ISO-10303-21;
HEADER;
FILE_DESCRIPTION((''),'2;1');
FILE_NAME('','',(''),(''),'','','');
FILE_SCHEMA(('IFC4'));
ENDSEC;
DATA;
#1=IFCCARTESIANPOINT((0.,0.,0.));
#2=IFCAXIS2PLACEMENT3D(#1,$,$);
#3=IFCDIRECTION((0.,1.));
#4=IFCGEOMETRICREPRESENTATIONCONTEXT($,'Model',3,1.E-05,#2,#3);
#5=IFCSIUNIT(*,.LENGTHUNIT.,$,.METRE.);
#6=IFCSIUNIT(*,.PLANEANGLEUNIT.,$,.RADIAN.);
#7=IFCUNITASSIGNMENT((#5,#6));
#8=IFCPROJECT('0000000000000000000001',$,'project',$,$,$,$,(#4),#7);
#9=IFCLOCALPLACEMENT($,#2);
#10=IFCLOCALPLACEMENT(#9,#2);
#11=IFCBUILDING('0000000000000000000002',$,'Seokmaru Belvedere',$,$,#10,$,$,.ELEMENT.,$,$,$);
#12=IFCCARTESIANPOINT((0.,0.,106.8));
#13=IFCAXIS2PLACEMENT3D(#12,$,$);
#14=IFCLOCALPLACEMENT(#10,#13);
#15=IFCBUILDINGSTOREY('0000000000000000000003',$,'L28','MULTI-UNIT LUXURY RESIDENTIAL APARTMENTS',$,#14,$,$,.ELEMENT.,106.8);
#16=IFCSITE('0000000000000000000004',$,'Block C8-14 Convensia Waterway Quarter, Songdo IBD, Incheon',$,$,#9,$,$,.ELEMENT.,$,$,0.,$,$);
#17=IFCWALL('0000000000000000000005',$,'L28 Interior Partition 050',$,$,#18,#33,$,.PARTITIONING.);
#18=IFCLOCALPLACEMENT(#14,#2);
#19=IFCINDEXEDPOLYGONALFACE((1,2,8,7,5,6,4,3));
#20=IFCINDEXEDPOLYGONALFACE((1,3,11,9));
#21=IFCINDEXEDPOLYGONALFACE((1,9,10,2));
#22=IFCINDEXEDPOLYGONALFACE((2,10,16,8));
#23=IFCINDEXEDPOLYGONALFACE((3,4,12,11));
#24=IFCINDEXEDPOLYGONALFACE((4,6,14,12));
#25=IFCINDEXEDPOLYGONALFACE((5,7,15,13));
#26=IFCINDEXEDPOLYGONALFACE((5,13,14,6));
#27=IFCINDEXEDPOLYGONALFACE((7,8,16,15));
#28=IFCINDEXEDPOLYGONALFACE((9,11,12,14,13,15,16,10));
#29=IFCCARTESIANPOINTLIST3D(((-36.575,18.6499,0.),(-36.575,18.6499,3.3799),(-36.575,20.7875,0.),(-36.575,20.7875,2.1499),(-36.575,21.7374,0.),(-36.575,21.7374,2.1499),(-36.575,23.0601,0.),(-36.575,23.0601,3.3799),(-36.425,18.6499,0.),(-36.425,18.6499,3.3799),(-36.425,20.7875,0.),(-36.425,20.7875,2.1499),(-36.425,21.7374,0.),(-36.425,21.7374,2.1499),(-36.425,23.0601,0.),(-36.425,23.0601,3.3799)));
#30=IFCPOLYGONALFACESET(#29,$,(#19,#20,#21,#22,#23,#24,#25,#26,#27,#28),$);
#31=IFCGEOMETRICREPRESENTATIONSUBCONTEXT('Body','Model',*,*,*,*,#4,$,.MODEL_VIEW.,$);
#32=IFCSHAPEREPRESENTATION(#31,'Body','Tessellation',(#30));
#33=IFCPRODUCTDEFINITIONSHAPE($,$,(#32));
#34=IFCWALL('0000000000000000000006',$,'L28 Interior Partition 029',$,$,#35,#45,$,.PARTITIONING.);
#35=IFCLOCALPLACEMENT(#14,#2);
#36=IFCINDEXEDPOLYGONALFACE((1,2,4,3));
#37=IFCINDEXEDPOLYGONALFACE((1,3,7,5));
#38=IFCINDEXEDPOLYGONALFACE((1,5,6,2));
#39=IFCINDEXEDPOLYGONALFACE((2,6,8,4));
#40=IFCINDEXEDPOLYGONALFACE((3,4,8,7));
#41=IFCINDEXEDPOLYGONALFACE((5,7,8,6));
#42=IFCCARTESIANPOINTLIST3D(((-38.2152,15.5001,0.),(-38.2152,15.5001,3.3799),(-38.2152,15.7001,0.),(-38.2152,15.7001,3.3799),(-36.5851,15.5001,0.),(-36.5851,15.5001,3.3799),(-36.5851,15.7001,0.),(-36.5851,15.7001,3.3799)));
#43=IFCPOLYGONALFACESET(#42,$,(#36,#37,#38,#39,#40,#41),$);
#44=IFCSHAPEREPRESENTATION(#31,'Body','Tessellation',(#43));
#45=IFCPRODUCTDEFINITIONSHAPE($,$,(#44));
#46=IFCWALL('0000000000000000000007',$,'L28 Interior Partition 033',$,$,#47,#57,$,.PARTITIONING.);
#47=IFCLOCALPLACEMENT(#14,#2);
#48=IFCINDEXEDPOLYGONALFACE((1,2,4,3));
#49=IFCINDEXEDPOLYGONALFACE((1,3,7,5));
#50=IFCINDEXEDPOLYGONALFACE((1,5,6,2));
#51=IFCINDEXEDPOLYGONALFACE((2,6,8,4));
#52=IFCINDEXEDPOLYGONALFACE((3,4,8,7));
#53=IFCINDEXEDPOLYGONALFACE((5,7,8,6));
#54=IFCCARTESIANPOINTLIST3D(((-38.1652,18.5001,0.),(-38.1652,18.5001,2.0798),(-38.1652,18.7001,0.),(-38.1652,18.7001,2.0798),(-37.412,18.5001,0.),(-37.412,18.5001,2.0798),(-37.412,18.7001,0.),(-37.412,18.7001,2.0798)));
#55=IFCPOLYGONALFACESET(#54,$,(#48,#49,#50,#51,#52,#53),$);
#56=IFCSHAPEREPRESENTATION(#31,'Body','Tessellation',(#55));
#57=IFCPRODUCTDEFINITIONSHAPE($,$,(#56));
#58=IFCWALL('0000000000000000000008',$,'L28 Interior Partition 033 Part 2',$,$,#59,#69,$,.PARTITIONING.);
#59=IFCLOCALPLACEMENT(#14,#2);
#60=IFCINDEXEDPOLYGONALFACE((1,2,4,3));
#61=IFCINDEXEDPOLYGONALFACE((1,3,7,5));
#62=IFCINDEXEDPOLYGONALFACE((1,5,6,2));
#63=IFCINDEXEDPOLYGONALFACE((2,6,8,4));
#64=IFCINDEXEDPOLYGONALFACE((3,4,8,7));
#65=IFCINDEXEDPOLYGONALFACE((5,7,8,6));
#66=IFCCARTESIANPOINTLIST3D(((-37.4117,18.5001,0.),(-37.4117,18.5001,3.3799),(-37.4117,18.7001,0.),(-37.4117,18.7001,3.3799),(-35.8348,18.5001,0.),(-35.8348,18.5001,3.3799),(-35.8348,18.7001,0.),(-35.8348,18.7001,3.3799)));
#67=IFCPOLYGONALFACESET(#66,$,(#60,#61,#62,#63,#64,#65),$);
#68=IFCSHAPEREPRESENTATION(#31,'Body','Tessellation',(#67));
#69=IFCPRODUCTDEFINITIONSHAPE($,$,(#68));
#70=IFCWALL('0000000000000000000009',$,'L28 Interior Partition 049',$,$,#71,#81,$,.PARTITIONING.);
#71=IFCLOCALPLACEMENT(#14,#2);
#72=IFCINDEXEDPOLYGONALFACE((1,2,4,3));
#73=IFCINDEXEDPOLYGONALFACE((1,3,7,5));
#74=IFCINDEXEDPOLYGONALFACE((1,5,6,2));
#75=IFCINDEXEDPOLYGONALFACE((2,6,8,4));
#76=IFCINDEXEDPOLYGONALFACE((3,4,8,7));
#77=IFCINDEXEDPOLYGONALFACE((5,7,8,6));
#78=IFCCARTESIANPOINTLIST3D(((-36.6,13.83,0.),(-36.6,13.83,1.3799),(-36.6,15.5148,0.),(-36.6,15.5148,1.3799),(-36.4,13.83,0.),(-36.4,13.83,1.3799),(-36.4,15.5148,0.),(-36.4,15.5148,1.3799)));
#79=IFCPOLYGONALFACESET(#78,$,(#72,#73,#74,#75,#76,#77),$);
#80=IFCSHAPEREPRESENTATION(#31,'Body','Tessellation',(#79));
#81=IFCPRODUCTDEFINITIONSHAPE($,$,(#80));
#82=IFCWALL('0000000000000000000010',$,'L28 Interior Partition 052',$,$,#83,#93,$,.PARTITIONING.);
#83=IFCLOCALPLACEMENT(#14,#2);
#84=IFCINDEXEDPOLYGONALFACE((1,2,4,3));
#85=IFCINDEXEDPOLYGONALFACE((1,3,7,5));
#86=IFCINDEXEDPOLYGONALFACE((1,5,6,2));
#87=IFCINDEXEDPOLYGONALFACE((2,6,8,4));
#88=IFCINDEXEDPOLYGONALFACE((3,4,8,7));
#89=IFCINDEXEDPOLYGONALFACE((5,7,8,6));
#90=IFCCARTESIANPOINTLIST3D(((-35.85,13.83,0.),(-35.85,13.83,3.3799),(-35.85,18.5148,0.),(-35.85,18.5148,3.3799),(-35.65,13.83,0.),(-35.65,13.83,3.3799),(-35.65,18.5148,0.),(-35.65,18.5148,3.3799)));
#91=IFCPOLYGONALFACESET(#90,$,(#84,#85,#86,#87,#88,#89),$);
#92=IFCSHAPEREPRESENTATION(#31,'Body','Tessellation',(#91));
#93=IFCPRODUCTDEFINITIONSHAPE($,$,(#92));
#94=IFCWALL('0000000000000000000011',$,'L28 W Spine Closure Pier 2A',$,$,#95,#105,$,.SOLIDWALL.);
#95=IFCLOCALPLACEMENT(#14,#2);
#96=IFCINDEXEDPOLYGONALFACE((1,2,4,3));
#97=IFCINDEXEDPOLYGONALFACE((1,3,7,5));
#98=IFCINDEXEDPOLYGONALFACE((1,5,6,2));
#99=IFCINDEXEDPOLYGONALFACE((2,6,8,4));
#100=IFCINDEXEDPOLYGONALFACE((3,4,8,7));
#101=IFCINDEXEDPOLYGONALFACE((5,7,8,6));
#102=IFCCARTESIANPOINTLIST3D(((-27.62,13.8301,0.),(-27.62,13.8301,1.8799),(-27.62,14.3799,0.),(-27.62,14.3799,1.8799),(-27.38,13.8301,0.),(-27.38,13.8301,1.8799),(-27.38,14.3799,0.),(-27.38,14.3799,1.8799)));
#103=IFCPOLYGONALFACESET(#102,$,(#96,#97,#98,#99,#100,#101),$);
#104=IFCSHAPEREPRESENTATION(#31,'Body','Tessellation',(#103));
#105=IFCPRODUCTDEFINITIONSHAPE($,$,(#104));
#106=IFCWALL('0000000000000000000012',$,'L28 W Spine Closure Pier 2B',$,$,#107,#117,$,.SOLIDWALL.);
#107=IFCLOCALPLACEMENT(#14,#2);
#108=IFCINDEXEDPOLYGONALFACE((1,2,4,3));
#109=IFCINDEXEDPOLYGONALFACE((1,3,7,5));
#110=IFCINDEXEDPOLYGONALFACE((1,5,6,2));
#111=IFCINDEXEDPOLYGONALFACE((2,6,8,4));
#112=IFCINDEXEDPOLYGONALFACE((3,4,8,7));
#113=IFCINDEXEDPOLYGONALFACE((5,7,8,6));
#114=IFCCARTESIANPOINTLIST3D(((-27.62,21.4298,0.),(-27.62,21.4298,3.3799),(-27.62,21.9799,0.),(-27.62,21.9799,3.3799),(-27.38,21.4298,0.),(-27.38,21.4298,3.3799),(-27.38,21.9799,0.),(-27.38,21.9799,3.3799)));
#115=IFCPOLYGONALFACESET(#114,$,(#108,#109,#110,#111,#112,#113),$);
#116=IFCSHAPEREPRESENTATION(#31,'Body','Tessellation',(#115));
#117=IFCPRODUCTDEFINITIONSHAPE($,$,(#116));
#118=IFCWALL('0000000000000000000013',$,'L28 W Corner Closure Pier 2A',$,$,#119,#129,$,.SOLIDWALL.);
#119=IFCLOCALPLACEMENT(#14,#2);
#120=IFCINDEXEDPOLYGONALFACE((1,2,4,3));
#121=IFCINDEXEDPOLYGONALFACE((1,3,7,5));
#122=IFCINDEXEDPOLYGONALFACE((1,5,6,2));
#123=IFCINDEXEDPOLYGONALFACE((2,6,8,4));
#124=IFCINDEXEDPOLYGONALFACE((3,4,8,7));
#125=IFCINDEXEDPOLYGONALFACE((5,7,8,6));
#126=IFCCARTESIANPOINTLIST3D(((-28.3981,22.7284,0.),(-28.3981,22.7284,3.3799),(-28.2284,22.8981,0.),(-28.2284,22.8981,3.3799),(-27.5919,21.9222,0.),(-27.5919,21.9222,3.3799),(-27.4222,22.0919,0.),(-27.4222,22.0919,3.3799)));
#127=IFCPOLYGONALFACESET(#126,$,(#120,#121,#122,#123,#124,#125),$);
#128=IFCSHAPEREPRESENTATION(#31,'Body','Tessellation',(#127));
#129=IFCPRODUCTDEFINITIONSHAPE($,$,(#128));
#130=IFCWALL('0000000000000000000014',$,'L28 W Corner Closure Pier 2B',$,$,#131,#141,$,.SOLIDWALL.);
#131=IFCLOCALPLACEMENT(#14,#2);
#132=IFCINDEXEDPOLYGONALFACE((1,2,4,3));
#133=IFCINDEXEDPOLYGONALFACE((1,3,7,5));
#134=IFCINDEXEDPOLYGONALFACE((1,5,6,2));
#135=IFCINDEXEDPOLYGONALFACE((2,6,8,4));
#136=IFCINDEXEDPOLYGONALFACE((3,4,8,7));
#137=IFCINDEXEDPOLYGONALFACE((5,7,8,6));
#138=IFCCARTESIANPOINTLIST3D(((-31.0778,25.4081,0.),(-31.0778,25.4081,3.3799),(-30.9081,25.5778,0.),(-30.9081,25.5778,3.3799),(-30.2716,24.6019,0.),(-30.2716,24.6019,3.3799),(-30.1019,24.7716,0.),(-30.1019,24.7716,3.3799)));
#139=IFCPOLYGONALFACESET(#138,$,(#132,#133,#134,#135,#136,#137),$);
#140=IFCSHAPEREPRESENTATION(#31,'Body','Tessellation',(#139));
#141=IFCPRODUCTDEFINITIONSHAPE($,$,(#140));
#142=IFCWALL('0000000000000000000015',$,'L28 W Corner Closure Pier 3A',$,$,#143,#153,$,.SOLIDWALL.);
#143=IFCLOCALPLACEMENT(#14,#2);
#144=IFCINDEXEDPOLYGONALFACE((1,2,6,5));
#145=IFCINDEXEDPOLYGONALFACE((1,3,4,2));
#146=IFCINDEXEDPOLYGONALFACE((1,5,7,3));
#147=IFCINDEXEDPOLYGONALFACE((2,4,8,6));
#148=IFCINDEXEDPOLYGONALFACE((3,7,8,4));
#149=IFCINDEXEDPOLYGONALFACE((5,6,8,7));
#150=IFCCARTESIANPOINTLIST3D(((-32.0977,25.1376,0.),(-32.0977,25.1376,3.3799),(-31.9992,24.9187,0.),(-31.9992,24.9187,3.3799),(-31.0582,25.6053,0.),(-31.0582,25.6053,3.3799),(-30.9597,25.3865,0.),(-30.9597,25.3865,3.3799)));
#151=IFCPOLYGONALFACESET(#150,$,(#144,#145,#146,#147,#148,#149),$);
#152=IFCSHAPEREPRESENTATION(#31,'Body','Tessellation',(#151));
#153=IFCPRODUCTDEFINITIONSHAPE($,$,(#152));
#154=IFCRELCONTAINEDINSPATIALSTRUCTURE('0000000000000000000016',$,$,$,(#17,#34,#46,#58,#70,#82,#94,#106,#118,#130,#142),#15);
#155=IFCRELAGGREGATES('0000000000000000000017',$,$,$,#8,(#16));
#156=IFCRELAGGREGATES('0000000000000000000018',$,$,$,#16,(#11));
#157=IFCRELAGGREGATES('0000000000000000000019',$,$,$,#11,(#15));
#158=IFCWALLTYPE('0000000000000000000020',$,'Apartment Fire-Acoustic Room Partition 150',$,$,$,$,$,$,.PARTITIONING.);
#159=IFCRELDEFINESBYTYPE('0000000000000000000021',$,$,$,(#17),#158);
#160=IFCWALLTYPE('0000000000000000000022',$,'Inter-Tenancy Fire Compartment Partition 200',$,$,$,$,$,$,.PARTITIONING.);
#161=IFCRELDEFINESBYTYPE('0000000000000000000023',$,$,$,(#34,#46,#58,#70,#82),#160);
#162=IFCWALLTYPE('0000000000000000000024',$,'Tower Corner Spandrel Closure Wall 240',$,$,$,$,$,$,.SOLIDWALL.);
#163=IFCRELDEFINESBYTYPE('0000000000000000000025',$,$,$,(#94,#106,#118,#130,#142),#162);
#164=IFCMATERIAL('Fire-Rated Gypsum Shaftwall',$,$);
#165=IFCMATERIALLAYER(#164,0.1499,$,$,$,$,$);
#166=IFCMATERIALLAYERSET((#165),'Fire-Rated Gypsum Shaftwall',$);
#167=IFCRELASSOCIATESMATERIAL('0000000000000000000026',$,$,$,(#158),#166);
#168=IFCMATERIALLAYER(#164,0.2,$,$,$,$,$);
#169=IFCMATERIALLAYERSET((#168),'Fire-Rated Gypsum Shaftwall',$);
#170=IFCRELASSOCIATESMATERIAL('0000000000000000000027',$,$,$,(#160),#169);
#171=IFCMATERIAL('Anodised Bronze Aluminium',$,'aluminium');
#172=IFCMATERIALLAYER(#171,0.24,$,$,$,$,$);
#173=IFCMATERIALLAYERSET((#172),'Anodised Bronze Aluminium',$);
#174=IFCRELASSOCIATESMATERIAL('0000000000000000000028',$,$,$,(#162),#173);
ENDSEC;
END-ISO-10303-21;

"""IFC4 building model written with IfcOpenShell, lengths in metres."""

from ifc_helpers import new_model, si_unit, direction, frame, frame_2d, origin, place, context, subcontext, project, spatial, rectangle, extrude, material, layer, layer_set, type_object, element, save


model = new_model("IFC4")

# Units and contexts
model_context = context("Model", 3, precision=1e-05, world=origin(), true_north=direction((0.0, 1.0)))
body_context = subcontext(model_context, "Body", "Model", "MODEL_VIEW")
ifc_project = project(units=[si_unit("LENGTHUNIT", "METRE"), si_unit("PLANEANGLEUNIT", "RADIAN")], contexts=[model_context])

# Site, building, storey
site_placement = place(None, origin())
site = spatial("IfcSite", under=ifc_project, at=site_placement, Name="Block C8-14 Convensia Waterway Quarter, Songdo IBD, Incheon", CompositionType="ELEMENT", RefElevation=0.0)
building_placement = place(site_placement, origin())
building = spatial("IfcBuilding", under=site, at=building_placement, Name="Seokmaru Belvedere", CompositionType="ELEMENT")
storey_placement = place(building_placement, frame((0.0, 0.0, 106.8)))
storey = spatial("IfcBuildingStorey", under=building, at=storey_placement, Name="L28", Description="MULTI-UNIT LUXURY RESIDENTIAL APARTMENTS", CompositionType="ELEMENT", Elevation=106.8)

# Shared definitions
ifc_material_1 = material(Name="Anodised Bronze Aluminium", Category="aluminium")

# Wall, opening
ifc_material_2 = material(Name="Fire-Rated Gypsum Shaftwall")
ifc_layer_1 = layer(ifc_material_2, 0.1499)
ifc_layer_set_1 = layer_set([ifc_layer_1], Name="Fire-Rated Gypsum Shaftwall")
wall_type_1 = type_object("IfcWallType", Name="Apartment Fire-Acoustic Room Partition 150", PredefinedType="PARTITIONING", material=ifc_layer_set_1)
wall_1_placement = place(storey_placement, frame((-36.5, 18.6499, 0.0), z_axis=(0.0, 0.0, 1.0), x_axis=(0.0, 1.0, 0.0)))
wall_1 = element("IfcWall", 1, at=wall_1_placement, inside=storey, type_object=wall_type_1, Name="L28 Interior Partition 050", PredefinedType="PARTITIONING", context=body_context, shape_type="SweptSolid", body=[
    extrude(rectangle(XDim=4.4102, YDim=0.1499, at=frame_2d((2.2051, 0.0))), origin(), (0.0, 0.0, 1.0), 3.3799),
])
opening_1_placement = place(wall_1_placement, frame((2.1375, 0.0, 0.0)))
element("IfcOpeningElement", 2, at=opening_1_placement, cuts=wall_1, PredefinedType="OPENING", context=body_context, shape_type="SweptSolid", body=[
    extrude(rectangle(XDim=0.95, YDim=2.1499, at=frame_2d((0.4751, 1.075))), frame((0.0, 0.085, 0.0), z_axis=(0.0, -1.0, 0.0), x_axis=(1.0, 0.0, 0.0)), (0.0, 0.0, 1.0), 0.1699),
])

# Walls
ifc_layer_2 = layer(ifc_material_2, 0.2)
ifc_layer_set_2 = layer_set([ifc_layer_2], Name="Fire-Rated Gypsum Shaftwall")
wall_type_2 = type_object("IfcWallType", Name="Inter-Tenancy Fire Compartment Partition 200", PredefinedType="PARTITIONING", material=ifc_layer_set_2)
wall_2_placement = place(storey_placement, frame((-38.2151, 15.6001, 0.0), z_axis=(0.0, 0.0, 1.0), x_axis=(1.0, 0.0, 0.0)))
element("IfcWall", 3, at=wall_2_placement, inside=storey, type_object=wall_type_2, Name="L28 Interior Partition 029", PredefinedType="PARTITIONING", context=body_context, shape_type="SweptSolid", body=[
    extrude(rectangle(XDim=1.6301, YDim=0.2, at=frame_2d((0.8149, 0.0))), origin(), (0.0, 0.0, 1.0), 3.3799),
])
wall_3_placement = place(storey_placement, frame((-38.165, 18.6001, 0.0), z_axis=(0.0, 0.0, 1.0), x_axis=(1.0, 0.0, 0.0)))
element("IfcWall", 4, at=wall_3_placement, inside=storey, type_object=wall_type_2, Name="L28 Interior Partition 033", PredefinedType="PARTITIONING", context=body_context, shape_type="SweptSolid", body=[
    extrude(rectangle(XDim=0.7532, YDim=0.2, at=frame_2d((0.3765, 0.0))), origin(), (0.0, 0.0, 1.0), 2.0798),
])
wall_4_placement = place(storey_placement, frame((-37.4119, 18.6001, 0.0), z_axis=(0.0, 0.0, 1.0), x_axis=(1.0, 0.0, 0.0)))
element("IfcWall", 5, at=wall_4_placement, inside=storey, type_object=wall_type_2, Name="L28 Interior Partition 033 Part 2", PredefinedType="PARTITIONING", context=body_context, shape_type="SweptSolid", body=[
    extrude(rectangle(XDim=1.5769, YDim=0.2, at=frame_2d((0.7886, 0.0))), origin(), (0.0, 0.0, 1.0), 3.3799),
])
wall_5_placement = place(storey_placement, frame((-36.5, 13.8301, 0.0), z_axis=(0.0, 0.0, 1.0), x_axis=(0.0, 1.0, 0.0)))
element("IfcWall", 6, at=wall_5_placement, inside=storey, type_object=wall_type_2, Name="L28 Interior Partition 049", PredefinedType="PARTITIONING", context=body_context, shape_type="SweptSolid", body=[
    extrude(rectangle(XDim=1.6848, YDim=0.2, at=frame_2d((0.8423, 0.0))), origin(), (0.0, 0.0, 1.0), 1.3799),
])
wall_6_placement = place(storey_placement, frame((-35.75, 13.8301, 0.0), z_axis=(0.0, 0.0, 1.0), x_axis=(0.0, 1.0, 0.0)))
element("IfcWall", 7, at=wall_6_placement, inside=storey, type_object=wall_type_2, Name="L28 Interior Partition 052", PredefinedType="PARTITIONING", context=body_context, shape_type="SweptSolid", body=[
    extrude(rectangle(XDim=4.6848, YDim=0.2, at=frame_2d((2.3423, 0.0))), origin(), (0.0, 0.0, 1.0), 3.3799),
])
ifc_layer_3 = layer(ifc_material_1, 0.24)
ifc_layer_set_3 = layer_set([ifc_layer_3], Name="Anodised Bronze Aluminium")
wall_type_3 = type_object("IfcWallType", Name="Tower Corner Spandrel Closure Wall 240", PredefinedType="SOLIDWALL", material=ifc_layer_set_3)
wall_7_placement = place(storey_placement, frame((-27.5, 13.8301, 0.0), z_axis=(0.0, 0.0, 1.0), x_axis=(0.0, 1.0, 0.0)))
element("IfcWall", 8, at=wall_7_placement, inside=storey, type_object=wall_type_3, Name="L28 W Spine Closure Pier 2A", PredefinedType="SOLIDWALL", context=body_context, shape_type="SweptSolid", body=[
    extrude(rectangle(XDim=0.5498, YDim=0.24, at=frame_2d((0.2749, 0.0))), origin(), (0.0, 0.0, 1.0), 1.8799),
])
wall_8_placement = place(storey_placement, frame((-27.5, 21.4299, 0.0), z_axis=(0.0, 0.0, 1.0), x_axis=(0.0, 1.0, 0.0)))
element("IfcWall", 9, at=wall_8_placement, inside=storey, type_object=wall_type_3, Name="L28 W Spine Closure Pier 2B", PredefinedType="SOLIDWALL", context=body_context, shape_type="SweptSolid", body=[
    extrude(rectangle(XDim=0.55, YDim=0.24, at=frame_2d((0.2749, 0.0))), origin(), (0.0, 0.0, 1.0), 3.3799),
])
for number, where, z_axis, x_axis, name in (
    (10, (-27.5071, 22.0071, 0.0), (0.0, 0.0, 1.0), (-0.707107, 0.707107, 0.0), "L28 W Corner Closure Pier 2A"),
    (11, (-30.1868, 24.6868, 0.0), (0.0, 0.0, 1.0), (-0.707107, 0.707107, 0.0), "L28 W Corner Closure Pier 2B"),
):
    element("IfcWall", number, at=place(storey_placement, frame(where, z_axis=z_axis, x_axis=x_axis)), inside=storey, type_object=wall_type_3, Name=name, PredefinedType="SOLIDWALL", context=body_context, shape_type="SweptSolid", body=[
        extrude(rectangle(XDim=1.1401, YDim=0.24, at=frame_2d((0.5701, 0.0))), origin(), (0.0, 0.0, 1.0), 3.3799),
    ])
wall_9_placement = place(storey_placement, frame((-31.009, 25.4958, 0.0), z_axis=(0.0, 0.0, 1.0), x_axis=(-0.91193, -0.410347, 0.0)))
element("IfcWall", 12, at=wall_9_placement, inside=storey, type_object=wall_type_3, Name="L28 W Corner Closure Pier 3A", PredefinedType="SOLIDWALL", context=body_context, shape_type="SweptSolid", body=[
    extrude(rectangle(XDim=1.1399, YDim=0.24, at=frame_2d((0.5698, 0.0))), origin(), (0.0, 0.0, 1.0), 3.3799),
])

save(model, "model.ifc")
